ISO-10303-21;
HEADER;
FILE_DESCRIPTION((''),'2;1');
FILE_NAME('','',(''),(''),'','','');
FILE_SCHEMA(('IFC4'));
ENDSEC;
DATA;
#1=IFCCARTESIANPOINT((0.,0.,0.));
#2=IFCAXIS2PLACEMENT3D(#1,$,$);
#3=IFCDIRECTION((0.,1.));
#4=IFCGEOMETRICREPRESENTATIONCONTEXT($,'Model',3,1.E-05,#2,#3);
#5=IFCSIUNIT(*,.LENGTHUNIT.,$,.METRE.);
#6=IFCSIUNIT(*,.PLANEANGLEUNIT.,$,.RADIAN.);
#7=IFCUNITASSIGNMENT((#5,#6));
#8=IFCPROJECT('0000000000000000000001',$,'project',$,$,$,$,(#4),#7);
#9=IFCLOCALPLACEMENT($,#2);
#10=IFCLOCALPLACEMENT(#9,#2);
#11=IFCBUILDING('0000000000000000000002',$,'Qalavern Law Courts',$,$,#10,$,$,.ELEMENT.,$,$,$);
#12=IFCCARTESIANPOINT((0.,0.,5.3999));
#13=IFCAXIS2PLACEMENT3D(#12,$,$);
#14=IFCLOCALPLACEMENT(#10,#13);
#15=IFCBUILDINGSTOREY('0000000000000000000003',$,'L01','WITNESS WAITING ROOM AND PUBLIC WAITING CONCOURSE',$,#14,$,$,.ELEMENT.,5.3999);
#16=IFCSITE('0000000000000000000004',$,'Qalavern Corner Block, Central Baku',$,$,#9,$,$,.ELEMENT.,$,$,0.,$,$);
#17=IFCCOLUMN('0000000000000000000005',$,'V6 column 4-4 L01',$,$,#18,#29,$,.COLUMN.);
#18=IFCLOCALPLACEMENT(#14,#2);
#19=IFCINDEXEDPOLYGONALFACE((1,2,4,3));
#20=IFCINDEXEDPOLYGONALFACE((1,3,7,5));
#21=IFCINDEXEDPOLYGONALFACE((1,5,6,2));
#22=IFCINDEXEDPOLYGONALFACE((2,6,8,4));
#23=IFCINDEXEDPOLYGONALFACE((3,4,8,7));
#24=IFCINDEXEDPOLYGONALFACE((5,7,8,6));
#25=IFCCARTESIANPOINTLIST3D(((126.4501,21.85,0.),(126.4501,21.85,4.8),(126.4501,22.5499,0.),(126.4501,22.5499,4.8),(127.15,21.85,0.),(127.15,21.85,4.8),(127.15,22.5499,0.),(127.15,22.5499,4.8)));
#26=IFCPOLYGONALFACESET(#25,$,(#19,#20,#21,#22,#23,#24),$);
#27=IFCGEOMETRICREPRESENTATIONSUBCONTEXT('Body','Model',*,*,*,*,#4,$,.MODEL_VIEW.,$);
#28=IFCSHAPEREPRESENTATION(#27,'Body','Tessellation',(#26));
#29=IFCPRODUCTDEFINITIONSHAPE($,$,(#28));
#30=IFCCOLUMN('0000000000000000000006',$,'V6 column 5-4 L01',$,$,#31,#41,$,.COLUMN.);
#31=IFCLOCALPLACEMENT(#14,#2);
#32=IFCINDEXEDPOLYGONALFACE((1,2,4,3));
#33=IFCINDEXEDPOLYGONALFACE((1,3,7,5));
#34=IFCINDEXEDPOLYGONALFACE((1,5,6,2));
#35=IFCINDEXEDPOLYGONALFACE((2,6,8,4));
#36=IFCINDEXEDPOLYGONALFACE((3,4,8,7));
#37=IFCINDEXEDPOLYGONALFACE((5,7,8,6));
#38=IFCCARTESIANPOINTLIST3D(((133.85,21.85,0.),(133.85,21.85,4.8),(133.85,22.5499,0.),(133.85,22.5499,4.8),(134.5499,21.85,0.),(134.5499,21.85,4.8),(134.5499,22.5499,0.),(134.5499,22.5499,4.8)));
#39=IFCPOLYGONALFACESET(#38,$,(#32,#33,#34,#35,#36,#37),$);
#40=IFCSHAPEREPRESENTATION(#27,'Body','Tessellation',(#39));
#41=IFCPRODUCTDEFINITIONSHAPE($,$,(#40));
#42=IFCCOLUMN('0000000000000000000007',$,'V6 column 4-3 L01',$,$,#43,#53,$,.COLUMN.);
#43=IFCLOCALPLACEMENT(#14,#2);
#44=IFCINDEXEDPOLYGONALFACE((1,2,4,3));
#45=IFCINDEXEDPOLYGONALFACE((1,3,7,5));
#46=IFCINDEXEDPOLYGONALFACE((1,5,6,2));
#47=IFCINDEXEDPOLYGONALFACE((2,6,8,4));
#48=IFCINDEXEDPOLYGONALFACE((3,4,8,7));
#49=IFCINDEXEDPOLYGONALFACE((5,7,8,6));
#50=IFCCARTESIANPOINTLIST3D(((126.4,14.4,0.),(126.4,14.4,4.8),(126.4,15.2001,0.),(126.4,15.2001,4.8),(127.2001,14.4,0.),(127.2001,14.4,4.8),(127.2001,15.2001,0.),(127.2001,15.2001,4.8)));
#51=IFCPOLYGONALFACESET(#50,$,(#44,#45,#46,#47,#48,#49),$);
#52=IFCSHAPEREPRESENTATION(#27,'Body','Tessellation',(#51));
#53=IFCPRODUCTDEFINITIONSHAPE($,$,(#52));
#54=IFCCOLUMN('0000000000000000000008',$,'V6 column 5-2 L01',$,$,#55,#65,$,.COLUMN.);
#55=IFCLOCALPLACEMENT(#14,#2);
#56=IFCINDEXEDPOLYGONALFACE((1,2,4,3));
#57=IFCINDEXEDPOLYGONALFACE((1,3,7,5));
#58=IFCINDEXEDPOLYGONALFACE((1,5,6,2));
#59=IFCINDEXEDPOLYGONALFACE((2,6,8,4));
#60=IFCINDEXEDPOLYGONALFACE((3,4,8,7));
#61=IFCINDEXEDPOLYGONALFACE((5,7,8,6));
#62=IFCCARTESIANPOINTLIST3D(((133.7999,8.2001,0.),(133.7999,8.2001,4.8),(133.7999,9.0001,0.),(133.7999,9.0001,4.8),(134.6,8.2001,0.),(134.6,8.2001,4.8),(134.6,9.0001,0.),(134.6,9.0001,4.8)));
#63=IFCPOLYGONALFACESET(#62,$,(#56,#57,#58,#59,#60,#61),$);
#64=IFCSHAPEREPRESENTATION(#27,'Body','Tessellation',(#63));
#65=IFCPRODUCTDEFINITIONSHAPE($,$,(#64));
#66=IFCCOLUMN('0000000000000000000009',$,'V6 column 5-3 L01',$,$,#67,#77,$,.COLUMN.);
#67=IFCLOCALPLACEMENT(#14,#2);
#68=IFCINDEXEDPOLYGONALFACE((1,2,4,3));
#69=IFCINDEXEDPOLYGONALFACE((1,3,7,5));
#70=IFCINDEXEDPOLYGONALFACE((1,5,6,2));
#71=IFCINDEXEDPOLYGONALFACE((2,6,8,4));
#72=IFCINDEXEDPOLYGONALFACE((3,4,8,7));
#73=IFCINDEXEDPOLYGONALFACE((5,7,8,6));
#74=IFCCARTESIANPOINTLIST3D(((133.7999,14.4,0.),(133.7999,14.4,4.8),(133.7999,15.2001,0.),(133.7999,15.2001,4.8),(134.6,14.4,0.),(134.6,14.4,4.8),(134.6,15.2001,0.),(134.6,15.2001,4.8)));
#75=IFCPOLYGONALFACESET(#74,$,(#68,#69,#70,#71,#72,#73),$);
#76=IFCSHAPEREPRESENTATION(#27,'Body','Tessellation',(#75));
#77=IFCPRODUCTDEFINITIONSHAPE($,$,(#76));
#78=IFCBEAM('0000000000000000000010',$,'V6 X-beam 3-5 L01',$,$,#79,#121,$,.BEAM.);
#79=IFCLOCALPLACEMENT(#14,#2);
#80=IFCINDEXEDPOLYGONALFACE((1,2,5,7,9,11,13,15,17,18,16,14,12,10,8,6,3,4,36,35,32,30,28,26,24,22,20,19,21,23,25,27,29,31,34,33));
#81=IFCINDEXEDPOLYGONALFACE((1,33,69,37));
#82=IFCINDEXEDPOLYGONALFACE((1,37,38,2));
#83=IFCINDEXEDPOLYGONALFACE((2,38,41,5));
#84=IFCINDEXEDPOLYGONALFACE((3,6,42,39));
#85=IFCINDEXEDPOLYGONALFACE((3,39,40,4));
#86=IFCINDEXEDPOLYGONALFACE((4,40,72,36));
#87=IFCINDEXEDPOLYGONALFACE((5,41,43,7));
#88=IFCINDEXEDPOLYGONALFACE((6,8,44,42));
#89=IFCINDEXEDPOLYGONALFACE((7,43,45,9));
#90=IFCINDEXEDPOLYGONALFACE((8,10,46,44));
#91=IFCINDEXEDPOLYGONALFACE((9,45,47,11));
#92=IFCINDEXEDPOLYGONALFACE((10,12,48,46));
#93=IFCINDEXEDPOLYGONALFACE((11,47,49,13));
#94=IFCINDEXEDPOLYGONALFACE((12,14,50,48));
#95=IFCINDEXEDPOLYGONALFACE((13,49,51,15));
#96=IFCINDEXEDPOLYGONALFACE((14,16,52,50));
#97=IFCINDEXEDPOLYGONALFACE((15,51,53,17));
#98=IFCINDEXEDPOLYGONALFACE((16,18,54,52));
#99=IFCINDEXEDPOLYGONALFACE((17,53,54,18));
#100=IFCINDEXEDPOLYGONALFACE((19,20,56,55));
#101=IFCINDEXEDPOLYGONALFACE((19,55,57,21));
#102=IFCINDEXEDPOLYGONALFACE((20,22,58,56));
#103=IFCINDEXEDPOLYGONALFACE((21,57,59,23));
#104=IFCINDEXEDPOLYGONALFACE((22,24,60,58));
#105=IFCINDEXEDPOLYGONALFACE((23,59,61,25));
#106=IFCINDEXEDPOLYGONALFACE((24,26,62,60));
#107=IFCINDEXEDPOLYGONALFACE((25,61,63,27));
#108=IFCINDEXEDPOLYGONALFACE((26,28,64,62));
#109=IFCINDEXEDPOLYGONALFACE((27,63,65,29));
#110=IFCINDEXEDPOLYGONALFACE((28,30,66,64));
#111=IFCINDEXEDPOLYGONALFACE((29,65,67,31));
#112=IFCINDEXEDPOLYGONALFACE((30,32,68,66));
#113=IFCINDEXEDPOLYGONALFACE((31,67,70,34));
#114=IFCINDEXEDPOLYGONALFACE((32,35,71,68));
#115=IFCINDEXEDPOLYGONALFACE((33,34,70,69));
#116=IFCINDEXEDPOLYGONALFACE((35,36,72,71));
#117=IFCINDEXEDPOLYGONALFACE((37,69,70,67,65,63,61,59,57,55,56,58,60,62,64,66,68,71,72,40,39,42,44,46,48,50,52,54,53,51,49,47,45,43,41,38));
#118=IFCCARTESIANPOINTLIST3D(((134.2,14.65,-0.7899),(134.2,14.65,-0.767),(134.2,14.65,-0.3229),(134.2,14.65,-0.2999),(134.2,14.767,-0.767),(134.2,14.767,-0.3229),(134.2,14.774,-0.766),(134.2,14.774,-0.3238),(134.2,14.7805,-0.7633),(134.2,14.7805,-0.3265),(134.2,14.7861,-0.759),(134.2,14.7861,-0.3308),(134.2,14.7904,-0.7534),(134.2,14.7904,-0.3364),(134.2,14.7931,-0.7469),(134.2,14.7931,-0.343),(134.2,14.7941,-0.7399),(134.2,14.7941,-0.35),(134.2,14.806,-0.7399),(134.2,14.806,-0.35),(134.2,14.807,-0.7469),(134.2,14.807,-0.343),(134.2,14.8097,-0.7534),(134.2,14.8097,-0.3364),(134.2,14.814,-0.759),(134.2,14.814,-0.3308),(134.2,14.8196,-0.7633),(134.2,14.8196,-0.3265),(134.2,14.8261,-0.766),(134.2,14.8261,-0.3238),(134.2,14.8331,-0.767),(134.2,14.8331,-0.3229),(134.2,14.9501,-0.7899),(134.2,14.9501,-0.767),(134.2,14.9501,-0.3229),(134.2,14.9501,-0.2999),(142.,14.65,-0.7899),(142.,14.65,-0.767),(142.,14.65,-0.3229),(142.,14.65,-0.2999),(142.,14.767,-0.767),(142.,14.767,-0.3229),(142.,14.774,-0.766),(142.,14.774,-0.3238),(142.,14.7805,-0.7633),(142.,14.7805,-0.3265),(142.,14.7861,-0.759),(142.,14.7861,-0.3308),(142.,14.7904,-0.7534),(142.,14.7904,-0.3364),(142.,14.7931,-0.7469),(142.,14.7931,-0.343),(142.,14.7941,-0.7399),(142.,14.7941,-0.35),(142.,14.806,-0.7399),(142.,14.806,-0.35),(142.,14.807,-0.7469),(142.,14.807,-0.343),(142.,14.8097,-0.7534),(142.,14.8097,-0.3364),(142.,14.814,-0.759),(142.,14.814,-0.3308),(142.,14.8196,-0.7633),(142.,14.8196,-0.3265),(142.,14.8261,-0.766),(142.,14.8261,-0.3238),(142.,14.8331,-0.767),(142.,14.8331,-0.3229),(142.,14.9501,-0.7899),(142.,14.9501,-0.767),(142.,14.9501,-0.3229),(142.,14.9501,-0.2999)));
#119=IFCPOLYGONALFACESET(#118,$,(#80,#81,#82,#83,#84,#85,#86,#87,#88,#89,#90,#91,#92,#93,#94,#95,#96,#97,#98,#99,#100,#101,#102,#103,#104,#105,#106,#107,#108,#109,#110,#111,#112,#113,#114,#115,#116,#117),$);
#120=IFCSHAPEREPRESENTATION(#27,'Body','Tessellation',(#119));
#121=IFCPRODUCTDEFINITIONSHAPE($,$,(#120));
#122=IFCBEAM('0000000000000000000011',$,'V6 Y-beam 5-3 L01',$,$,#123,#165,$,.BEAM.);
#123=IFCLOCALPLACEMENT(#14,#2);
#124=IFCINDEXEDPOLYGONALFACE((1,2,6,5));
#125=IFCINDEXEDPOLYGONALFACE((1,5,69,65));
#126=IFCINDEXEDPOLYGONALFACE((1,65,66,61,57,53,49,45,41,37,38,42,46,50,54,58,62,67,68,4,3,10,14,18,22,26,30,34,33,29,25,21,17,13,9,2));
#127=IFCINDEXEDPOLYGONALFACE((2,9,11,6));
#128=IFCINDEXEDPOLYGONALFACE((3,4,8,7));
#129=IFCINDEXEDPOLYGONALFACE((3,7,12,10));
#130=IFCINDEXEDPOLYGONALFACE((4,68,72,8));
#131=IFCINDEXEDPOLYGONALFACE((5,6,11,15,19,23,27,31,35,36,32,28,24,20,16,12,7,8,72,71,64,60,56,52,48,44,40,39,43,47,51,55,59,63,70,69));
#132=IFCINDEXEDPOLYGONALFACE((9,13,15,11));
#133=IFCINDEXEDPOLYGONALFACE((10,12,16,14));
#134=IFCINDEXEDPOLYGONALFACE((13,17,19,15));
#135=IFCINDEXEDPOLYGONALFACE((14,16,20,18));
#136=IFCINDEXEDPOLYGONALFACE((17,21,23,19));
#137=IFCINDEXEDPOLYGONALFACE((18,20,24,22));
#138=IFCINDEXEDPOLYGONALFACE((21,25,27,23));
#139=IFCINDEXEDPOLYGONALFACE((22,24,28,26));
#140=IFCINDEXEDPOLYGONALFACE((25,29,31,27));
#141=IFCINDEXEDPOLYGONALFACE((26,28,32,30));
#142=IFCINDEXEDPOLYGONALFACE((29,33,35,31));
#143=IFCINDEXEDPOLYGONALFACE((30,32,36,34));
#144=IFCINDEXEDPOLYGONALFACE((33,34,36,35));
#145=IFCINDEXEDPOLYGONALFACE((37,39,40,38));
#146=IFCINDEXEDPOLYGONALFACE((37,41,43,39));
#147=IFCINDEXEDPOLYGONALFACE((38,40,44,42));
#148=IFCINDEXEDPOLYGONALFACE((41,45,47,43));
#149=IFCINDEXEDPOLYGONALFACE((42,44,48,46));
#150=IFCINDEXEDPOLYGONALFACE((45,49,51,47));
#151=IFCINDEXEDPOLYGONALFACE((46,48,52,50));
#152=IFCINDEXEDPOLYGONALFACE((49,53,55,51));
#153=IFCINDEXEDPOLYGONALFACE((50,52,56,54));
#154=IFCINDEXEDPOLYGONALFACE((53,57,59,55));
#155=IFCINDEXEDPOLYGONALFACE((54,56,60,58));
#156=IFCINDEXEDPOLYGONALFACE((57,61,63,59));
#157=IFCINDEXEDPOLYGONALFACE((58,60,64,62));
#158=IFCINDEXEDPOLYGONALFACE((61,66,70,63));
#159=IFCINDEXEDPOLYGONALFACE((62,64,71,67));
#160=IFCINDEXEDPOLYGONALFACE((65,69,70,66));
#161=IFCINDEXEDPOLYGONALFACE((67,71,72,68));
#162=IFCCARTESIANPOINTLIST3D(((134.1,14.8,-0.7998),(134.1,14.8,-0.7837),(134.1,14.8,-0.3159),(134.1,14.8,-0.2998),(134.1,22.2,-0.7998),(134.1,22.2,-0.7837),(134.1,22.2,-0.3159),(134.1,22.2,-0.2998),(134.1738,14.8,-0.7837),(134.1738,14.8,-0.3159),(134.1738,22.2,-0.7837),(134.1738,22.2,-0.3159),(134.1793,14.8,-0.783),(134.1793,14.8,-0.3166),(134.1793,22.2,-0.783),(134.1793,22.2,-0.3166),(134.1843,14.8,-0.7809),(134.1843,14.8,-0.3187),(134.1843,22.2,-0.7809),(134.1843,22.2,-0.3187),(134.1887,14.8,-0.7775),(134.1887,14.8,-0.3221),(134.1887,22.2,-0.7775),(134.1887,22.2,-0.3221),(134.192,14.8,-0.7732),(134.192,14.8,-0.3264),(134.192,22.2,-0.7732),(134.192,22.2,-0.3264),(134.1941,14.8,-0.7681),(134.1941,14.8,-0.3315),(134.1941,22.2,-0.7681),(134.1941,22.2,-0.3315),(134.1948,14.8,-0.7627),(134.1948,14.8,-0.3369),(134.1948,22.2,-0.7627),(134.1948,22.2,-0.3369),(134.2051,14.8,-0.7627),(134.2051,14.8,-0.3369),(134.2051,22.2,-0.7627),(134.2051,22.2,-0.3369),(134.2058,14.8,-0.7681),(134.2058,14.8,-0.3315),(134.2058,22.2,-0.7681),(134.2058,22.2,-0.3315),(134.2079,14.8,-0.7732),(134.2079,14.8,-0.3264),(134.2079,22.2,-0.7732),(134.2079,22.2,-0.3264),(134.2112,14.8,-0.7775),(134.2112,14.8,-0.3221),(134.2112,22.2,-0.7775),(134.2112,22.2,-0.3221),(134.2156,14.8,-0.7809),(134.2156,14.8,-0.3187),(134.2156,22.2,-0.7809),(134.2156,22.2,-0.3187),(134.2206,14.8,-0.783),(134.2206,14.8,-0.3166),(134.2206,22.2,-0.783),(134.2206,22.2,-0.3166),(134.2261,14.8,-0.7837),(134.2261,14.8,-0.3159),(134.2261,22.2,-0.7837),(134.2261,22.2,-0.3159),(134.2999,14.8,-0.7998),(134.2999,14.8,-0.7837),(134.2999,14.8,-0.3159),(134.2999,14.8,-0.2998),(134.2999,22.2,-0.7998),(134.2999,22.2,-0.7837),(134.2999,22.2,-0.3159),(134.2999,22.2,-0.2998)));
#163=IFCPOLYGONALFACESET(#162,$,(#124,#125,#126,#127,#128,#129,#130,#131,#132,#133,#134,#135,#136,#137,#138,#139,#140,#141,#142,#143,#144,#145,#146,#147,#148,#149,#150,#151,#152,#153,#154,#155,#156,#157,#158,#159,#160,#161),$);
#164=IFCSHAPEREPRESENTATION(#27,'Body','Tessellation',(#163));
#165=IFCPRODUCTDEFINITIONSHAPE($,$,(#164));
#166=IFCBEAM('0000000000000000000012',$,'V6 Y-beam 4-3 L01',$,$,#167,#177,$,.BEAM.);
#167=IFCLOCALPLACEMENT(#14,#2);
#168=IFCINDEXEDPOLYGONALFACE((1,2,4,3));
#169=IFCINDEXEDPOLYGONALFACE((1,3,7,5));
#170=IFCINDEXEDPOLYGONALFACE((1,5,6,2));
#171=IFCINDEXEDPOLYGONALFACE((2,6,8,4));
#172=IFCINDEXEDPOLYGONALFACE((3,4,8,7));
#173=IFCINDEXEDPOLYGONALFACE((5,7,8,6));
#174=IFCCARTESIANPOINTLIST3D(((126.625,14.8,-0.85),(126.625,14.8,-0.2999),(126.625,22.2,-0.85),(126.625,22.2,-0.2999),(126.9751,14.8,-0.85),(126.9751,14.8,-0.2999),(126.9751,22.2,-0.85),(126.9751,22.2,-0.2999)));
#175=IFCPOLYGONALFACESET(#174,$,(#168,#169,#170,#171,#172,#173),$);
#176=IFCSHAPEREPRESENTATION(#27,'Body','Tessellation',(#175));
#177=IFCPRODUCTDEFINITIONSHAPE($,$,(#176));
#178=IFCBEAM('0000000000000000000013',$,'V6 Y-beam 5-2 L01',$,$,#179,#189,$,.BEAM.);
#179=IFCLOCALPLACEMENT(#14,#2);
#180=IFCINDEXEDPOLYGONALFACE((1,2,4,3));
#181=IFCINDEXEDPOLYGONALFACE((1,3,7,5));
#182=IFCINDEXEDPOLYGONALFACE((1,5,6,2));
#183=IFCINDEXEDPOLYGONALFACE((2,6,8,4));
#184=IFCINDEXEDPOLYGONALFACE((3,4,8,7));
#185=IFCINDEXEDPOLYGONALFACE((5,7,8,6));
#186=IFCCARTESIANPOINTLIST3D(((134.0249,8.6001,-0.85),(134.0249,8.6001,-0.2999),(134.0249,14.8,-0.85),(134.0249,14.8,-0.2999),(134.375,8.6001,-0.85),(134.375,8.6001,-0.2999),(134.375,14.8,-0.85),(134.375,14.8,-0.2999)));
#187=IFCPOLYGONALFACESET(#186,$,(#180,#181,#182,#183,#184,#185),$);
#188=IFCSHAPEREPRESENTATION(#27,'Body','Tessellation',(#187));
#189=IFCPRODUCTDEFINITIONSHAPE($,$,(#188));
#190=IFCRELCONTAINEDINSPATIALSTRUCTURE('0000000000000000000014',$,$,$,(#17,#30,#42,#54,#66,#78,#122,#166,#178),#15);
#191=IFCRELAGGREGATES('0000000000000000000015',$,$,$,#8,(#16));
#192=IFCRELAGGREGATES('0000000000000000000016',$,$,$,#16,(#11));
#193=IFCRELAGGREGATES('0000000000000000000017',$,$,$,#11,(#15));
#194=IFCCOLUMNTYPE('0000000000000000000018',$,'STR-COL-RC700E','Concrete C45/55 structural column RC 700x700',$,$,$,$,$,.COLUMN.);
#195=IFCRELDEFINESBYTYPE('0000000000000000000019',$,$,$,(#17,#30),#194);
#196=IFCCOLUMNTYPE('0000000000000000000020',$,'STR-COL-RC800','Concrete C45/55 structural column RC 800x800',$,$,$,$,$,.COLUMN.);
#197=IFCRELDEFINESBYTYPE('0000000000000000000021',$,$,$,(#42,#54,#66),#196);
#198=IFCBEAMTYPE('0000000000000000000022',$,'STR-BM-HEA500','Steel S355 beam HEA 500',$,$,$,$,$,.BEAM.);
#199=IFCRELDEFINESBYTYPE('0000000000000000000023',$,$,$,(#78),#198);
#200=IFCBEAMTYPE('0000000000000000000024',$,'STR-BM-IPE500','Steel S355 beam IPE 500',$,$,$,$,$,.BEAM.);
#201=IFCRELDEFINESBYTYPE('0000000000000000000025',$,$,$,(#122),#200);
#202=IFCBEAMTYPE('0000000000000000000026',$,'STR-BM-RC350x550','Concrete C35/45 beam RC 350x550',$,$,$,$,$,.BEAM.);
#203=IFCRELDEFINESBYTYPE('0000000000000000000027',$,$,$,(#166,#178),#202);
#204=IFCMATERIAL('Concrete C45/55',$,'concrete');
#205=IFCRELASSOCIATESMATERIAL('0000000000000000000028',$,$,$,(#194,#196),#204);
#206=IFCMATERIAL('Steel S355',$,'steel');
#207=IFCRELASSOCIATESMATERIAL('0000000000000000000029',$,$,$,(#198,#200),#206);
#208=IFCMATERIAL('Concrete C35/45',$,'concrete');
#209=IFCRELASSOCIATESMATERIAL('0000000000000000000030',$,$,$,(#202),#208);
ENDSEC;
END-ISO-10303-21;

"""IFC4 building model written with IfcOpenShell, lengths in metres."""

from ifc_helpers import new_model, si_unit, direction, frame, origin, origin_2d, place, context, subcontext, project, spatial, rectangle, i_section, extrude, material, material_profile, profile_set, type_object, element, save


model = new_model("IFC4")

# Units and contexts
model_context = context("Model", 3, precision=1e-05, world=origin(), true_north=direction((0.0, 1.0)))
body_context = subcontext(model_context, "Body", "Model", "MODEL_VIEW")
ifc_project = project(units=[si_unit("LENGTHUNIT", "METRE"), si_unit("PLANEANGLEUNIT", "RADIAN")], contexts=[model_context])

# Site, building, storey
site_placement = place(None, origin())
site = spatial("IfcSite", under=ifc_project, at=site_placement, Name="Qalavern Corner Block, Central Baku", CompositionType="ELEMENT", RefElevation=0.0)
building_placement = place(site_placement, origin())
building = spatial("IfcBuilding", under=site, at=building_placement, Name="Qalavern Law Courts", CompositionType="ELEMENT")
storey_placement = place(building_placement, frame((0.0, 0.0, 5.3999)))
storey = spatial("IfcBuildingStorey", under=building, at=storey_placement, Name="L01", Description="WITNESS WAITING ROOM AND PUBLIC WAITING CONCOURSE", CompositionType="ELEMENT", Elevation=5.3999)

# Columns
ifc_material_1 = material(Name="Concrete C45/55", Category="concrete")
ifc_material_profile_1 = material_profile(ifc_material_1, rectangle(XDim=0.7, YDim=0.7, at=origin_2d()), Name="RC 700x700")
ifc_profile_set_1 = profile_set([ifc_material_profile_1], Name="Concrete C45/55")
column_type_1 = type_object("IfcColumnType", Name="STR-COL-RC700E", Description="Concrete C45/55 structural column RC 700x700", PredefinedType="COLUMN", material=ifc_profile_set_1)
for number, where, z_axis, x_axis, name in (
    (1, (126.8, 22.2, 0.0), (0.0, 0.0, 1.0), (1.0, 0.0, 0.0), "V6 column 4-4 L01"),
    (2, (134.2, 22.2, 0.0), (0.0, 0.0, 1.0), (1.0, 0.0, 0.0), "V6 column 5-4 L01"),
):
    element("IfcColumn", number, at=place(storey_placement, frame(where, z_axis=z_axis, x_axis=x_axis)), inside=storey, type_object=column_type_1, Name=name, PredefinedType="COLUMN", context=body_context, shape_type="SweptSolid", body=[
        extrude(rectangle(XDim=0.7, YDim=0.7, at=origin_2d()), origin(), (0.0, 0.0, 1.0), 4.8),
    ])
ifc_material_profile_2 = material_profile(ifc_material_1, rectangle(XDim=0.8, YDim=0.8, at=origin_2d()), Name="RC 800x800")
ifc_profile_set_2 = profile_set([ifc_material_profile_2], Name="Concrete C45/55")
column_type_2 = type_object("IfcColumnType", Name="STR-COL-RC800", Description="Concrete C45/55 structural column RC 800x800", PredefinedType="COLUMN", material=ifc_profile_set_2)
for number, where, z_axis, x_axis, name in (
    (3, (126.8, 14.8, 0.0), (0.0, 0.0, 1.0), (1.0, 0.0, 0.0), "V6 column 4-3 L01"),
    (4, (134.2, 8.6001, 0.0), (0.0, 0.0, 1.0), (1.0, 0.0, 0.0), "V6 column 5-2 L01"),
    (5, (134.2, 14.8, 0.0), (0.0, 0.0, 1.0), (1.0, 0.0, 0.0), "V6 column 5-3 L01"),
):
    element("IfcColumn", number, at=place(storey_placement, frame(where, z_axis=z_axis, x_axis=x_axis)), inside=storey, type_object=column_type_2, Name=name, PredefinedType="COLUMN", context=body_context, shape_type="SweptSolid", body=[
        extrude(rectangle(XDim=0.8, YDim=0.8, at=origin_2d()), origin(), (0.0, 0.0, 1.0), 4.8),
    ])

# Beams
ifc_material_2 = material(Name="Steel S355", Category="steel")
ifc_material_profile_3 = material_profile(ifc_material_2, i_section(OverallWidth=0.3, OverallDepth=0.49, WebThickness=0.012, FlangeThickness=0.0229, FilletRadius=0.0271, at=origin_2d()), Name="HEA 500")
ifc_profile_set_3 = profile_set([ifc_material_profile_3], Name="Steel S355")
beam_type_1 = type_object("IfcBeamType", Name="STR-BM-HEA500", Description="Steel S355 beam HEA 500", PredefinedType="BEAM", material=ifc_profile_set_3)
beam_1_placement = place(storey_placement, frame((134.2, 14.8, -0.5449), z_axis=(1.0, 0.0, 0.0), x_axis=(0.0, 1.0, 0.0)))
element("IfcBeam", 6, at=beam_1_placement, inside=storey, type_object=beam_type_1, Name="V6 X-beam 3-5 L01", PredefinedType="BEAM", context=body_context, shape_type="SweptSolid", body=[
    extrude(i_section(OverallWidth=0.3, OverallDepth=0.49, WebThickness=0.012, FlangeThickness=0.0229, FilletRadius=0.0271, at=origin_2d()), origin(), (0.0, 0.0, 1.0), 7.8),
])
ifc_material_profile_4 = material_profile(ifc_material_2, i_section(OverallWidth=0.2, OverallDepth=0.5, WebThickness=0.0103, FlangeThickness=0.0161, FilletRadius=0.021, at=origin_2d()), Name="IPE 500")
ifc_profile_set_4 = profile_set([ifc_material_profile_4], Name="Steel S355")
beam_type_2 = type_object("IfcBeamType", Name="STR-BM-IPE500", Description="Steel S355 beam IPE 500", PredefinedType="BEAM", material=ifc_profile_set_4)
beam_2_placement = place(storey_placement, frame((134.2, 14.8, -0.5498), z_axis=(0.0, 1.0, 0.0), x_axis=(-1.0, 0.0, 0.0)))
element("IfcBeam", 7, at=beam_2_placement, inside=storey, type_object=beam_type_2, Name="V6 Y-beam 5-3 L01", PredefinedType="BEAM", context=body_context, shape_type="SweptSolid", body=[
    extrude(i_section(OverallWidth=0.2, OverallDepth=0.5, WebThickness=0.0103, FlangeThickness=0.0161, FilletRadius=0.021, at=origin_2d()), origin(), (0.0, 0.0, 1.0), 7.3999),
])
ifc_material_3 = material(Name="Concrete C35/45", Category="concrete")
ifc_material_profile_5 = material_profile(ifc_material_3, rectangle(XDim=0.3501, YDim=0.55, at=origin_2d()), Name="RC 350x550")
ifc_profile_set_5 = profile_set([ifc_material_profile_5], Name="Concrete C35/45")
beam_type_3 = type_object("IfcBeamType", Name="STR-BM-RC350x550", Description="Concrete C35/45 beam RC 350x550", PredefinedType="BEAM", material=ifc_profile_set_5)
beam_3_placement = place(storey_placement, frame((126.8, 14.8, -0.575), z_axis=(0.0, 1.0, 0.0), x_axis=(-1.0, 0.0, 0.0)))
element("IfcBeam", 8, at=beam_3_placement, inside=storey, type_object=beam_type_3, Name="V6 Y-beam 4-3 L01", PredefinedType="BEAM", context=body_context, shape_type="SweptSolid", body=[
    extrude(rectangle(XDim=0.3501, YDim=0.55, at=origin_2d()), origin(), (0.0, 0.0, 1.0), 7.3999),
])
beam_4_placement = place(storey_placement, frame((134.2, 8.6001, -0.575), z_axis=(0.0, 1.0, 0.0), x_axis=(-1.0, 0.0, 0.0)))
element("IfcBeam", 9, at=beam_4_placement, inside=storey, type_object=beam_type_3, Name="V6 Y-beam 5-2 L01", PredefinedType="BEAM", context=body_context, shape_type="SweptSolid", body=[
    extrude(rectangle(XDim=0.3501, YDim=0.55, at=origin_2d()), origin(), (0.0, 0.0, 1.0), 6.2),
])

save(model, "model.ifc")
